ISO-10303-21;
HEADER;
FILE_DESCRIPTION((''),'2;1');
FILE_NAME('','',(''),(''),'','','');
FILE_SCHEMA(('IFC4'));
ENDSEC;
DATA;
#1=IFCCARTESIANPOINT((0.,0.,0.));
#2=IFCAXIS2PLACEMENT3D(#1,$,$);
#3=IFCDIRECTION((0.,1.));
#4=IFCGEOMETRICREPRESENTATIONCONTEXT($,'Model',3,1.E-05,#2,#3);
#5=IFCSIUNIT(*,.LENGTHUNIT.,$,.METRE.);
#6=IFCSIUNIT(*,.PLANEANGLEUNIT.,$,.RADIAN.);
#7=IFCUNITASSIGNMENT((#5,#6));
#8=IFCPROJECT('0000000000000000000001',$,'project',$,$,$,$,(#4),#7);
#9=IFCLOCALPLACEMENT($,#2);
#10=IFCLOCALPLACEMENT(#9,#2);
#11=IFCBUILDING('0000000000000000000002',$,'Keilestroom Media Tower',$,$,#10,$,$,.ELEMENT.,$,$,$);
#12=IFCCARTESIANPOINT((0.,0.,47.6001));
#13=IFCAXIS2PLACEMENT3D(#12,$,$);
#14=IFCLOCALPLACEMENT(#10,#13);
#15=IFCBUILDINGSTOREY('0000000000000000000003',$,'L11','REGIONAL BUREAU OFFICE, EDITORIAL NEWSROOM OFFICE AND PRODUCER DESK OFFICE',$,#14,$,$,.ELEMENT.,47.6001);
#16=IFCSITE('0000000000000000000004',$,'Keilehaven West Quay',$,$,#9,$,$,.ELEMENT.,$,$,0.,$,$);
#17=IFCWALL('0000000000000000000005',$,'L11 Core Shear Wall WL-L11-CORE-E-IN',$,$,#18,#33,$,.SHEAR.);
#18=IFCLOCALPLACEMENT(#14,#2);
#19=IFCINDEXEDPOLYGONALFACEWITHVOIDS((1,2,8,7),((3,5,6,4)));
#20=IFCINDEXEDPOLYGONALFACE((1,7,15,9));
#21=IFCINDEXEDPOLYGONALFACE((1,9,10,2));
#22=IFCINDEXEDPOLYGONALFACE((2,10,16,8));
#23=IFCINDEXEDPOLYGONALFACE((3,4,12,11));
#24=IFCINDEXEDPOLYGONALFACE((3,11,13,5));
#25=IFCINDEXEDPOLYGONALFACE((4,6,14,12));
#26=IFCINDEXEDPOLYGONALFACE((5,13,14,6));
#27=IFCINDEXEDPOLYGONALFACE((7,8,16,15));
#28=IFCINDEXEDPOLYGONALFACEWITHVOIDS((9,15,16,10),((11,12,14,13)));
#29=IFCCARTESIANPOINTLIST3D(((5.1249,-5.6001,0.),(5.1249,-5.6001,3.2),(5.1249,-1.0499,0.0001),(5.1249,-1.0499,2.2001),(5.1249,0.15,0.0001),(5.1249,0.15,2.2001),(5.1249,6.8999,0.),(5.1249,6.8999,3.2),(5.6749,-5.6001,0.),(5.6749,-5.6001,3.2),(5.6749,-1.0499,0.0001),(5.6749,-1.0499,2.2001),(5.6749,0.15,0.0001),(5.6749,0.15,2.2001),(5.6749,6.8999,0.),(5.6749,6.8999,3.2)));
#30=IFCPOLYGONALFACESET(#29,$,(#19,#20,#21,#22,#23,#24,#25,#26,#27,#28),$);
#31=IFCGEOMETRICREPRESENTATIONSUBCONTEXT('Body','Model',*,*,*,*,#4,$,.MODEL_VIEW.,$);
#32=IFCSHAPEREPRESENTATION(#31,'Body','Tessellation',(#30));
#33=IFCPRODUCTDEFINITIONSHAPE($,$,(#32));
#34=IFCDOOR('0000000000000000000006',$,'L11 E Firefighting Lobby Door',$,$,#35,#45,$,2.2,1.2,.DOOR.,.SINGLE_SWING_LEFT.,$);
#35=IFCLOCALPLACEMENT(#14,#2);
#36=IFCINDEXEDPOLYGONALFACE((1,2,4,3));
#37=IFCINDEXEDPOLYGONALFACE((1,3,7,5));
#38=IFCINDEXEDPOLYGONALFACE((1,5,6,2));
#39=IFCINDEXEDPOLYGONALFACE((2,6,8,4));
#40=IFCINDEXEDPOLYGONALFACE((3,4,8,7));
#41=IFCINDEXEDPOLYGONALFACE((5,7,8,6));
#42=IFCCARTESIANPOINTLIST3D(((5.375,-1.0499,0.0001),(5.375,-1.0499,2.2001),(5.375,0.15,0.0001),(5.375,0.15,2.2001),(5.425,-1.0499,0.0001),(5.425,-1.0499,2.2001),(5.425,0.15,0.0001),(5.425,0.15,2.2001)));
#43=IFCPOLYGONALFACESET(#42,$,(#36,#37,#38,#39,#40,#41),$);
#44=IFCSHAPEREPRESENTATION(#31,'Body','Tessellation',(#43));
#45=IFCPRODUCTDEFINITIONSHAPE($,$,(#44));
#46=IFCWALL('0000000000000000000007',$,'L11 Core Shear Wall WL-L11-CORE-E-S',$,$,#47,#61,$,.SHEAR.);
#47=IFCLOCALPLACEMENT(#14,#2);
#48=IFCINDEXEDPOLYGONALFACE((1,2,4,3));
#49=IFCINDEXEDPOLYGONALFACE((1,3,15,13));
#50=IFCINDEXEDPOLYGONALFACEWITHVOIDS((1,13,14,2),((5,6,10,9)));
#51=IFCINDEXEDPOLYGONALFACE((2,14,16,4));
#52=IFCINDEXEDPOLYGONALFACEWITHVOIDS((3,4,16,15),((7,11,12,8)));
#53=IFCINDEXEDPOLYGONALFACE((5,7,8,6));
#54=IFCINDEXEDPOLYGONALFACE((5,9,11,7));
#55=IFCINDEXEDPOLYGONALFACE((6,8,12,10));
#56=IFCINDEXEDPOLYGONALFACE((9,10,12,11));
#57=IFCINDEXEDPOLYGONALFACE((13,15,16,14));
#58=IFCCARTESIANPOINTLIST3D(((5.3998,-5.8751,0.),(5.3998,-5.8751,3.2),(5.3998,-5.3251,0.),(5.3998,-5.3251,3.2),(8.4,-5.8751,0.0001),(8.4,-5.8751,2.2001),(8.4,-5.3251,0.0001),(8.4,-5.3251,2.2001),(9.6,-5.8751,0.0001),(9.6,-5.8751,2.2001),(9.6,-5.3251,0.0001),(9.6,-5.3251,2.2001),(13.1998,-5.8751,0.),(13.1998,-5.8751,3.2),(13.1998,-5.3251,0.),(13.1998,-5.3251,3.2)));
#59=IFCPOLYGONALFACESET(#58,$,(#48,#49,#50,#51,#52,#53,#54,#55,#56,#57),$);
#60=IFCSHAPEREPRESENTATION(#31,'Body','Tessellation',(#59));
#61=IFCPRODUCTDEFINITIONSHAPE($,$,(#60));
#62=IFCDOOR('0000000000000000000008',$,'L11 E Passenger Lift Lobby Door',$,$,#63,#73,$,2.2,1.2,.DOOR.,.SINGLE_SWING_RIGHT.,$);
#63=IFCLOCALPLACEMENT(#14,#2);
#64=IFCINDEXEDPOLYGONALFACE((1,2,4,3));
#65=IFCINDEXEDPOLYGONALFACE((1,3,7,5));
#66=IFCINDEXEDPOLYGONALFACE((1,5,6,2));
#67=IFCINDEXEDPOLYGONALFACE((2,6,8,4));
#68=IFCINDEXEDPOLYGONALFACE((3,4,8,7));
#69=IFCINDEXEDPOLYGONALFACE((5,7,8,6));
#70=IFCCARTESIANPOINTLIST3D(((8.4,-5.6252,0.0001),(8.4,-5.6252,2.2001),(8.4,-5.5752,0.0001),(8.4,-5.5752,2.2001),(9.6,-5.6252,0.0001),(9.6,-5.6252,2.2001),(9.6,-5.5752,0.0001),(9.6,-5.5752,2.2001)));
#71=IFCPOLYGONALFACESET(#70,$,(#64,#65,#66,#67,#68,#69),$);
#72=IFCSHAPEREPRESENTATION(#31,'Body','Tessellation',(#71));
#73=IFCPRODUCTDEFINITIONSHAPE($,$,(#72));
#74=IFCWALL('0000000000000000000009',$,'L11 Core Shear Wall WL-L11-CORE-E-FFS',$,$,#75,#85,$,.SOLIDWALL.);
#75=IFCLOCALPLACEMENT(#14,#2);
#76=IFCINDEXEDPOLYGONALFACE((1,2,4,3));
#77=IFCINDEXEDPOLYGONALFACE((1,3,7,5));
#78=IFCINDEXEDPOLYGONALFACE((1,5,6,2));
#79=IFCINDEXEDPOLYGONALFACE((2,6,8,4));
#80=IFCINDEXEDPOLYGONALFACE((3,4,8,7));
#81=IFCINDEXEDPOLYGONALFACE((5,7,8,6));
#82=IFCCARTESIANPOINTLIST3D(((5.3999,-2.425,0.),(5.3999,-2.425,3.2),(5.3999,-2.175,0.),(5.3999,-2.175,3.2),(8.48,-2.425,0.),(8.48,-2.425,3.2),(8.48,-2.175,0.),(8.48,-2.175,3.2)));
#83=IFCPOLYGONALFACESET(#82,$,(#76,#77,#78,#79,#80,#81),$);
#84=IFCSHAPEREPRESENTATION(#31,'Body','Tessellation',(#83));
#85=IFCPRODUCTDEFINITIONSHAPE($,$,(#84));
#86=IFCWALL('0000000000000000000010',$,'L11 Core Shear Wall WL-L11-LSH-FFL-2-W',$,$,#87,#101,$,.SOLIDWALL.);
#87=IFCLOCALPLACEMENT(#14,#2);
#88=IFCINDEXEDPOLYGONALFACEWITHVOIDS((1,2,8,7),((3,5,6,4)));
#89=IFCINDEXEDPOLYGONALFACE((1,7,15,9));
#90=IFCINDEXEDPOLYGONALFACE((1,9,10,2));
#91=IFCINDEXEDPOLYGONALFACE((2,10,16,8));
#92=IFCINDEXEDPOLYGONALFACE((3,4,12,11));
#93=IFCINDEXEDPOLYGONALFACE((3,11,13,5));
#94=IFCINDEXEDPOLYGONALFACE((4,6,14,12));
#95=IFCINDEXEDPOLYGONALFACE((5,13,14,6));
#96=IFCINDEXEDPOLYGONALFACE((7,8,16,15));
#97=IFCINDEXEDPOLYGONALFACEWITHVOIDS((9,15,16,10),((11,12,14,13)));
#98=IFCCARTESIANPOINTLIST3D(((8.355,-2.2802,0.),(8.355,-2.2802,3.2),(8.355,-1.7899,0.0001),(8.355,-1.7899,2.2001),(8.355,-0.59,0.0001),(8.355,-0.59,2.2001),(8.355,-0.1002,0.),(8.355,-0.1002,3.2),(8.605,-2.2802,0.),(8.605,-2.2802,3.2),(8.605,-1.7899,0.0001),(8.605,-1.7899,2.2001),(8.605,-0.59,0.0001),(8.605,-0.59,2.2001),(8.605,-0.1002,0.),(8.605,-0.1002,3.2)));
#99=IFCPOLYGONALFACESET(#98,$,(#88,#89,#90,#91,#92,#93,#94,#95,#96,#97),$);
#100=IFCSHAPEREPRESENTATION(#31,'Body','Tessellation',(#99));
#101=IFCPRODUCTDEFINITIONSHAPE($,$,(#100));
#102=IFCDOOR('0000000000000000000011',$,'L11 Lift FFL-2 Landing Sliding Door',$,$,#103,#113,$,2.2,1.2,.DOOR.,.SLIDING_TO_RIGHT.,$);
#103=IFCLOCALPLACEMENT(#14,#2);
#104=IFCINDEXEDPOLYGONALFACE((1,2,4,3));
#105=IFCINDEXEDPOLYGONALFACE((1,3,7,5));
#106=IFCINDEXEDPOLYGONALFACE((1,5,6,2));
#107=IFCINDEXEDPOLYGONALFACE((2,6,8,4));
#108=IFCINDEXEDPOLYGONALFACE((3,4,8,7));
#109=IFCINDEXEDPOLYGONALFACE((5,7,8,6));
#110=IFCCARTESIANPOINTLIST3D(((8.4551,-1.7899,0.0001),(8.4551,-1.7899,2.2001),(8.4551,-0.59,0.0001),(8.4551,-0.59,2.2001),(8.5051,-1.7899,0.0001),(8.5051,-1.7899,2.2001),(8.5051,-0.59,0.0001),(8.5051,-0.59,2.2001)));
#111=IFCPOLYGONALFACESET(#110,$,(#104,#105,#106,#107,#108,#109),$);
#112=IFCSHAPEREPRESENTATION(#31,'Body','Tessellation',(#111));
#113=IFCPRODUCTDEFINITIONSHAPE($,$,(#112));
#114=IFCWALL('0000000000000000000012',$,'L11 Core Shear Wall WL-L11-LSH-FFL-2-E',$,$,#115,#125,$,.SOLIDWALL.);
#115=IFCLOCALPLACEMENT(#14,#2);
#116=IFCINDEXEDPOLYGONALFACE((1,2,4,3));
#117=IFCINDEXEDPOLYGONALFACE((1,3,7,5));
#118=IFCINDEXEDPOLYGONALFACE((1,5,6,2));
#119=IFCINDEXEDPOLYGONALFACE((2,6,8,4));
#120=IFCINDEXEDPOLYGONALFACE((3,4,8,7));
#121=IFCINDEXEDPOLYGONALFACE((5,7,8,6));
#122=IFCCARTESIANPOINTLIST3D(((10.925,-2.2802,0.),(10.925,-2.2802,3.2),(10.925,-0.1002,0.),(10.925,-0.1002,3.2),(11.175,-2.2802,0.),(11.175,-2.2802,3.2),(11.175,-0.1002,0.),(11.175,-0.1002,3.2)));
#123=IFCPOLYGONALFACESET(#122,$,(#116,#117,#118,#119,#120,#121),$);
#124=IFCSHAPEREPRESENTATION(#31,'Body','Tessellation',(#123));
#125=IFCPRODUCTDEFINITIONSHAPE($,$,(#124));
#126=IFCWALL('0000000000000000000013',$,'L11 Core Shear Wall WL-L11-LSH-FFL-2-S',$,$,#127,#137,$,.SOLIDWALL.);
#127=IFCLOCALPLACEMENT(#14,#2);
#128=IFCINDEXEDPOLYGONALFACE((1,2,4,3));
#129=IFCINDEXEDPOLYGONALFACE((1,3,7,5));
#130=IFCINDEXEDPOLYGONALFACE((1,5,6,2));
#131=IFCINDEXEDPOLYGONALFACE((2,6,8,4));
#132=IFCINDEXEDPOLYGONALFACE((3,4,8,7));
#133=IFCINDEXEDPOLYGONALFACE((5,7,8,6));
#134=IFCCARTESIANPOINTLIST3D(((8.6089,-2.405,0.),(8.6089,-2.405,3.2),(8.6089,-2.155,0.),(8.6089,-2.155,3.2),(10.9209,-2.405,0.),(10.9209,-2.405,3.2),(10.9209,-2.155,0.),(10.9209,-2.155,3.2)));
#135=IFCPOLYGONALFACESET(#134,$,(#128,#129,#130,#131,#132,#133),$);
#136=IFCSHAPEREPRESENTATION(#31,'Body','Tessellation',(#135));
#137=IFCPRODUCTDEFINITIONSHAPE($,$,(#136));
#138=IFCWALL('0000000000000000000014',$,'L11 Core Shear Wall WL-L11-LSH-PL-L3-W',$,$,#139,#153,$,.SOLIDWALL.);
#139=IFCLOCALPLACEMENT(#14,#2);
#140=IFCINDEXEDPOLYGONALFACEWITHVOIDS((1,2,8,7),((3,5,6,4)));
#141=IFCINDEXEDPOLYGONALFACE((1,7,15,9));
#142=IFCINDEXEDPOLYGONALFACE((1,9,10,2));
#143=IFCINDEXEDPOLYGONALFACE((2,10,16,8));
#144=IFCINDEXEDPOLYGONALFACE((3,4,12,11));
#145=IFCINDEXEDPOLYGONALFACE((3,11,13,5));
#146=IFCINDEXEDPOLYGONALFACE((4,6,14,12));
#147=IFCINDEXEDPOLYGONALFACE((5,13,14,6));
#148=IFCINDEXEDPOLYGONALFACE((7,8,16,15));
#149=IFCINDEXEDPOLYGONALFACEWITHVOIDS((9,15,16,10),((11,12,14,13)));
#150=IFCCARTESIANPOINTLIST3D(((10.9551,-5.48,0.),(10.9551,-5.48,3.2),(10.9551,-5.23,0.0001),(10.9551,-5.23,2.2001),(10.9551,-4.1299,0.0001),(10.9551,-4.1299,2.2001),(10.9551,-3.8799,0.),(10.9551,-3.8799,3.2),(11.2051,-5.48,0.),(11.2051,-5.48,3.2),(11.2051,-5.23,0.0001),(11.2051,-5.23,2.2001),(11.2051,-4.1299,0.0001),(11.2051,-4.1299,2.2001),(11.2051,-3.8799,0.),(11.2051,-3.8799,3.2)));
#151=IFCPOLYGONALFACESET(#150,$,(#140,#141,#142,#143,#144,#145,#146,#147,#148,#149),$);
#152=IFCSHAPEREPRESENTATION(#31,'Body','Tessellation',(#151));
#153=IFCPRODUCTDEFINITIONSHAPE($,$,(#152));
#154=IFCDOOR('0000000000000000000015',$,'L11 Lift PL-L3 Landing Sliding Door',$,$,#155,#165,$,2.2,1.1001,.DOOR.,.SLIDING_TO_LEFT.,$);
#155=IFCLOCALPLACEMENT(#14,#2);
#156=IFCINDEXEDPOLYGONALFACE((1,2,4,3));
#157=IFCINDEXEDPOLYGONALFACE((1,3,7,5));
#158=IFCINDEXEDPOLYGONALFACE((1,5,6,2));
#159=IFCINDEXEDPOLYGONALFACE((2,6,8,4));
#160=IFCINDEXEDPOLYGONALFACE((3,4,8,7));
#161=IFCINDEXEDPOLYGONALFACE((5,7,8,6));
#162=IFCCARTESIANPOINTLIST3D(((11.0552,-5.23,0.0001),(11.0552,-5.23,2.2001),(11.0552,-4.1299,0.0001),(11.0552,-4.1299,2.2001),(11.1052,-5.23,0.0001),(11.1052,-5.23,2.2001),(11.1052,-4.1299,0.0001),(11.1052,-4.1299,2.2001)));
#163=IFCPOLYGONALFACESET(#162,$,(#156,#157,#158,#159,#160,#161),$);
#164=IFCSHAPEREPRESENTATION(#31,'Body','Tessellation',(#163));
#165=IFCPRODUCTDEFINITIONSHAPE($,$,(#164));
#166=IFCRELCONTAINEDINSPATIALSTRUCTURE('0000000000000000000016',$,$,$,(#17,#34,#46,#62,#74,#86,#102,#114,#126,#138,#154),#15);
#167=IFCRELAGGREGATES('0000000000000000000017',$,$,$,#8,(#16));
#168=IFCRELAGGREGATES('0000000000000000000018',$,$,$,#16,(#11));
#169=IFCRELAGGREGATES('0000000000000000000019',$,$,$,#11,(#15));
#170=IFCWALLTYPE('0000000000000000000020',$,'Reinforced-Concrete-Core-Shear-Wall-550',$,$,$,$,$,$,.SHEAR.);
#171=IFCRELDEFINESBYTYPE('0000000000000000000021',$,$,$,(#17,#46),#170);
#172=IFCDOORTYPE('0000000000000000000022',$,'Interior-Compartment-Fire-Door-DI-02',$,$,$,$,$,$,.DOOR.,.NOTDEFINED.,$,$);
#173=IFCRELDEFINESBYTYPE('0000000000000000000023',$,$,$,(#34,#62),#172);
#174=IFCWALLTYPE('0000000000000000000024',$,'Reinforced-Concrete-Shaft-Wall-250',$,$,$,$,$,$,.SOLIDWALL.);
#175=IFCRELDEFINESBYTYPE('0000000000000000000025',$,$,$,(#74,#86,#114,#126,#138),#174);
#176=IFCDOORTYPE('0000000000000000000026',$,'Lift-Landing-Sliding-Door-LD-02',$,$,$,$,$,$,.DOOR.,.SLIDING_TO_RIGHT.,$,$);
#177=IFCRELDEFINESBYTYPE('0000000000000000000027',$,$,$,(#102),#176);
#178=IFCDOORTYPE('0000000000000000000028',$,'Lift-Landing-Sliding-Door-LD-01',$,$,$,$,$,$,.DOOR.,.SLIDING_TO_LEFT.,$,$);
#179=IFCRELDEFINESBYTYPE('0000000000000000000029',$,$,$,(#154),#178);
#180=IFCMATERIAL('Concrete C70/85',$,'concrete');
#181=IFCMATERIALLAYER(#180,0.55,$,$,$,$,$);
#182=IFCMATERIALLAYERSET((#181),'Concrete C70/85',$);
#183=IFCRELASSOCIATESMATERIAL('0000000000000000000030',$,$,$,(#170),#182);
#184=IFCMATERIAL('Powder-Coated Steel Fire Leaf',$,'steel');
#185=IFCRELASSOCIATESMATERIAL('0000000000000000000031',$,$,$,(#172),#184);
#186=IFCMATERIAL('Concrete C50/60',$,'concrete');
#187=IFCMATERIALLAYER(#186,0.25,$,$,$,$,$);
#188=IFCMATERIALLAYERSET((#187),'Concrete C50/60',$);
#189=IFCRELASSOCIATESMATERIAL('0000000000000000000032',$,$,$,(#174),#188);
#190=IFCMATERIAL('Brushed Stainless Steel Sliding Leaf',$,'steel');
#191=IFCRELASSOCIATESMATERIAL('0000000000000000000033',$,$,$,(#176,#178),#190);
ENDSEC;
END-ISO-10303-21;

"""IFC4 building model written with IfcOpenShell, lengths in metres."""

from ifc_helpers import new_model, si_unit, direction, frame, frame_2d, origin, place, context, subcontext, project, spatial, rectangle, extrude, source, transform, mapped, material, layer, layer_set, type_object, element, fill, save


model = new_model("IFC4")

# Units and contexts
model_context = context("Model", 3, precision=1e-05, world=origin(), true_north=direction((0.0, 1.0)))
body_context = subcontext(model_context, "Body", "Model", "MODEL_VIEW")
ifc_project = project(units=[si_unit("LENGTHUNIT", "METRE"), si_unit("PLANEANGLEUNIT", "RADIAN")], contexts=[model_context])

# Site, building, storey
site_placement = place(None, origin())
site = spatial("IfcSite", under=ifc_project, at=site_placement, Name="Keilehaven West Quay", CompositionType="ELEMENT", RefElevation=0.0)
building_placement = place(site_placement, origin())
building = spatial("IfcBuilding", under=site, at=building_placement, Name="Keilestroom Media Tower", CompositionType="ELEMENT")
storey_placement = place(building_placement, frame((0.0, 0.0, 47.6001)))
storey = spatial("IfcBuildingStorey", under=building, at=storey_placement, Name="L11", Description="REGIONAL BUREAU OFFICE, EDITORIAL NEWSROOM OFFICE AND PRODUCER DESK OFFICE", CompositionType="ELEMENT", Elevation=47.6001)

# Shared definitions
ifc_material_1 = material(Name="Concrete C70/85", Category="concrete")

# Walls, openings, doors
ifc_layer_1 = layer(ifc_material_1, 0.55)
ifc_layer_set_1 = layer_set([ifc_layer_1], Name="Concrete C70/85")
wall_type_1 = type_object("IfcWallType", Name="Reinforced-Concrete-Core-Shear-Wall-550", PredefinedType="SHEAR", material=ifc_layer_set_1)
wall_1_placement = place(storey_placement, frame((5.3999, -5.6001, 0.0), z_axis=(0.0, 0.0, 1.0), x_axis=(0.0, 1.0, 0.0)))
wall_1 = element("IfcWall", 1, at=wall_1_placement, inside=storey, type_object=wall_type_1, Name="L11 Core Shear Wall WL-L11-CORE-E-IN", PredefinedType="SHEAR", context=body_context, shape_type="SweptSolid", body=[
    extrude(rectangle(XDim=12.5, YDim=0.55, at=frame_2d((6.25, 0.0))), origin(), (0.0, 0.0, 1.0), 3.2),
])
opening_1_placement = place(wall_1_placement, frame((4.55, 0.0, 0.0)))
opening_1 = element("IfcOpeningElement", 2, at=opening_1_placement, cuts=wall_1, PredefinedType="OPENING", context=body_context, shape_type="SweptSolid", body=[
    extrude(rectangle(XDim=1.2, YDim=2.2, at=frame_2d((0.6001, 1.1001))), frame((0.0, 0.2852, 0.0), z_axis=(0.0, -1.0, 0.0), x_axis=(1.0, 0.0, 0.0)), (0.0, 0.0, 1.0), 0.5701),
])
ifc_material_2 = material(Name="Powder-Coated Steel Fire Leaf", Category="steel")
door_type_1 = type_object("IfcDoorType", Name="Interior-Compartment-Fire-Door-DI-02", OperationType="NOTDEFINED", PredefinedType="DOOR", material=ifc_material_2)
shared_shape_1 = source(origin(), body_context, "Body", "SweptSolid", [
    extrude(rectangle(XDim=1.2, YDim=2.2, at=frame_2d((0.6001, 1.1001))), frame((0.0, 0.0249, 0.0), z_axis=(0.0, -1.0, 0.0), x_axis=(1.0, 0.0, 0.0)), (0.0, 0.0, 1.0), 0.05),
])
door_1_placement = place(opening_1_placement, origin())
door_1 = element("IfcDoor", 3, at=door_1_placement, inside=storey, type_object=door_type_1, Name="L11 E Firefighting Lobby Door", OperationType="SINGLE_SWING_LEFT", OverallHeight=2.2, OverallWidth=1.2, PredefinedType="DOOR", context=body_context, shape_type="MappedRepresentation", body=[
    mapped(shared_shape_1, transform((0.0, 0.0, 0.0), x_axis=(1.0, 0.0, 0.0), y_axis=(0.0, 1.0, 0.0), z_axis=(0.0, 0.0, 1.0), scale=1.0)),
])
fill(opening_1, door_1)
wall_2_placement = place(storey_placement, frame((5.3999, -5.6001, 0.0), z_axis=(0.0, 0.0, 1.0), x_axis=(1.0, 0.0, 0.0)))
wall_2 = element("IfcWall", 4, at=wall_2_placement, inside=storey, type_object=wall_type_1, Name="L11 Core Shear Wall WL-L11-CORE-E-S", PredefinedType="SHEAR", context=body_context, shape_type="SweptSolid", body=[
    extrude(rectangle(XDim=7.8, YDim=0.55, at=frame_2d((3.8999, 0.0))), origin(), (0.0, 0.0, 1.0), 3.2),
])
opening_2_placement = place(wall_2_placement, frame((3.0, 0.0, 0.0)))
opening_2 = element("IfcOpeningElement", 5, at=opening_2_placement, cuts=wall_2, PredefinedType="OPENING", context=body_context, shape_type="SweptSolid", body=[
    extrude(rectangle(XDim=1.2, YDim=2.2, at=frame_2d((0.6001, 1.1001))), frame((0.0, 0.2852, 0.0), z_axis=(0.0, -1.0, 0.0), x_axis=(1.0, 0.0, 0.0)), (0.0, 0.0, 1.0), 0.5701),
])
door_2_placement = place(opening_2_placement, origin())
door_2 = element("IfcDoor", 6, at=door_2_placement, inside=storey, type_object=door_type_1, Name="L11 E Passenger Lift Lobby Door", OperationType="SINGLE_SWING_RIGHT", OverallHeight=2.2, OverallWidth=1.2, PredefinedType="DOOR", context=body_context, shape_type="MappedRepresentation", body=[
    mapped(shared_shape_1, transform((0.0, 0.0, 0.0), x_axis=(1.0, 0.0, 0.0), y_axis=(0.0, 1.0, 0.0), z_axis=(0.0, 0.0, 1.0), scale=1.0)),
])
fill(opening_2, door_2)

# Wall
ifc_material_3 = material(Name="Concrete C50/60", Category="concrete")
ifc_layer_2 = layer(ifc_material_3, 0.25)
ifc_layer_set_2 = layer_set([ifc_layer_2], Name="Concrete C50/60")
wall_type_2 = type_object("IfcWallType", Name="Reinforced-Concrete-Shaft-Wall-250", PredefinedType="SOLIDWALL", material=ifc_layer_set_2)
wall_3_placement = place(storey_placement, frame((5.3999, -2.3, 0.0), z_axis=(0.0, 0.0, 1.0), x_axis=(1.0, 0.0, 0.0)))
element("IfcWall", 7, at=wall_3_placement, inside=storey, type_object=wall_type_2, Name="L11 Core Shear Wall WL-L11-CORE-E-FFS", PredefinedType="SOLIDWALL", context=body_context, shape_type="SweptSolid", body=[
    extrude(rectangle(XDim=3.0801, YDim=0.25, at=frame_2d((1.54, 0.0))), origin(), (0.0, 0.0, 1.0), 3.2),
])

# Wall, opening, door
wall_4_placement = place(storey_placement, frame((8.48, -2.28, 0.0), z_axis=(0.0, 0.0, 1.0), x_axis=(0.0, 1.0, 0.0)))
wall_4 = element("IfcWall", 8, at=wall_4_placement, inside=storey, type_object=wall_type_2, Name="L11 Core Shear Wall WL-L11-LSH-FFL-2-W", PredefinedType="SOLIDWALL", context=body_context, shape_type="SweptSolid", body=[
    extrude(rectangle(XDim=2.1799, YDim=0.25, at=frame_2d((1.0898, 0.0))), origin(), (0.0, 0.0, 1.0), 3.2),
])
opening_3_placement = place(wall_4_placement, frame((0.49, 0.0, 0.0)))
opening_3 = element("IfcOpeningElement", 9, at=opening_3_placement, cuts=wall_4, PredefinedType="OPENING", context=body_context, shape_type="SweptSolid", body=[
    extrude(rectangle(XDim=1.2, YDim=2.2, at=frame_2d((0.6001, 1.1001))), frame((0.0, 0.135, 0.0), z_axis=(0.0, -1.0, 0.0), x_axis=(1.0, 0.0, 0.0)), (0.0, 0.0, 1.0), 0.27),
])
ifc_material_4 = material(Name="Brushed Stainless Steel Sliding Leaf", Category="steel")
door_type_2 = type_object("IfcDoorType", Name="Lift-Landing-Sliding-Door-LD-02", OperationType="SLIDING_TO_RIGHT", PredefinedType="DOOR", material=ifc_material_4)
door_3_placement = place(opening_3_placement, origin())
door_3 = element("IfcDoor", 10, at=door_3_placement, inside=storey, type_object=door_type_2, Name="L11 Lift FFL-2 Landing Sliding Door", OperationType="SLIDING_TO_RIGHT", OverallHeight=2.2, OverallWidth=1.2, PredefinedType="DOOR", context=body_context, shape_type="MappedRepresentation", body=[
    mapped(shared_shape_1, transform((0.0, 0.0, 0.0), x_axis=(1.0, 0.0, 0.0), y_axis=(0.0, 1.0, 0.0), z_axis=(0.0, 0.0, 1.0), scale=1.0)),
])
fill(opening_3, door_3)

# Walls
wall_5_placement = place(storey_placement, frame((11.05, -2.28, 0.0), z_axis=(0.0, 0.0, 1.0), x_axis=(0.0, 1.0, 0.0)))
element("IfcWall", 11, at=wall_5_placement, inside=storey, type_object=wall_type_2, Name="L11 Core Shear Wall WL-L11-LSH-FFL-2-E", PredefinedType="SOLIDWALL", context=body_context, shape_type="SweptSolid", body=[
    extrude(rectangle(XDim=2.1799, YDim=0.25, at=frame_2d((1.0898, 0.0))), origin(), (0.0, 0.0, 1.0), 3.2),
])
wall_6_placement = place(storey_placement, frame((8.6089, -2.28, 0.0), z_axis=(0.0, 0.0, 1.0), x_axis=(1.0, 0.0, 0.0)))
element("IfcWall", 12, at=wall_6_placement, inside=storey, type_object=wall_type_2, Name="L11 Core Shear Wall WL-L11-LSH-FFL-2-S", PredefinedType="SOLIDWALL", context=body_context, shape_type="SweptSolid", body=[
    extrude(rectangle(XDim=2.312, YDim=0.25, at=frame_2d((1.156, 0.0))), origin(), (0.0, 0.0, 1.0), 3.2),
])

# Wall, opening, door
wall_7_placement = place(storey_placement, frame((11.0801, -5.48, 0.0), z_axis=(0.0, 0.0, 1.0), x_axis=(0.0, 1.0, 0.0)))
wall_7 = element("IfcWall", 13, at=wall_7_placement, inside=storey, type_object=wall_type_2, Name="L11 Core Shear Wall WL-L11-LSH-PL-L3-W", PredefinedType="SOLIDWALL", context=body_context, shape_type="SweptSolid", body=[
    extrude(rectangle(XDim=1.6001, YDim=0.25, at=frame_2d((0.8, 0.0))), origin(), (0.0, 0.0, 1.0), 3.2),
])
opening_4_placement = place(wall_7_placement, frame((0.25, 0.0, 0.0)))
opening_4 = element("IfcOpeningElement", 14, at=opening_4_placement, cuts=wall_7, PredefinedType="OPENING", context=body_context, shape_type="SweptSolid", body=[
    extrude(rectangle(XDim=1.1001, YDim=2.2, at=frame_2d((0.55, 1.1001))), frame((0.0, 0.135, 0.0), z_axis=(0.0, -1.0, 0.0), x_axis=(1.0, 0.0, 0.0)), (0.0, 0.0, 1.0), 0.27),
])
door_type_3 = type_object("IfcDoorType", Name="Lift-Landing-Sliding-Door-LD-01", OperationType="SLIDING_TO_LEFT", PredefinedType="DOOR", material=ifc_material_4)
shared_shape_2 = source(origin(), body_context, "Body", "SweptSolid", [
    extrude(rectangle(XDim=1.1001, YDim=2.2, at=frame_2d((0.55, 1.1001))), frame((0.0, 0.0249, 0.0), z_axis=(0.0, -1.0, 0.0), x_axis=(1.0, 0.0, 0.0)), (0.0, 0.0, 1.0), 0.05),
])
door_4_placement = place(opening_4_placement, origin())
door_4 = element("IfcDoor", 15, at=door_4_placement, inside=storey, type_object=door_type_3, Name="L11 Lift PL-L3 Landing Sliding Door", OperationType="SLIDING_TO_LEFT", OverallHeight=2.2, OverallWidth=1.1001, PredefinedType="DOOR", context=body_context, shape_type="MappedRepresentation", body=[
    mapped(shared_shape_2, transform((0.0, 0.0, 0.0), x_axis=(1.0, 0.0, 0.0), y_axis=(0.0, 1.0, 0.0), z_axis=(0.0, 0.0, 1.0), scale=1.0)),
])
fill(opening_4, door_4)

save(model, "model.ifc")
